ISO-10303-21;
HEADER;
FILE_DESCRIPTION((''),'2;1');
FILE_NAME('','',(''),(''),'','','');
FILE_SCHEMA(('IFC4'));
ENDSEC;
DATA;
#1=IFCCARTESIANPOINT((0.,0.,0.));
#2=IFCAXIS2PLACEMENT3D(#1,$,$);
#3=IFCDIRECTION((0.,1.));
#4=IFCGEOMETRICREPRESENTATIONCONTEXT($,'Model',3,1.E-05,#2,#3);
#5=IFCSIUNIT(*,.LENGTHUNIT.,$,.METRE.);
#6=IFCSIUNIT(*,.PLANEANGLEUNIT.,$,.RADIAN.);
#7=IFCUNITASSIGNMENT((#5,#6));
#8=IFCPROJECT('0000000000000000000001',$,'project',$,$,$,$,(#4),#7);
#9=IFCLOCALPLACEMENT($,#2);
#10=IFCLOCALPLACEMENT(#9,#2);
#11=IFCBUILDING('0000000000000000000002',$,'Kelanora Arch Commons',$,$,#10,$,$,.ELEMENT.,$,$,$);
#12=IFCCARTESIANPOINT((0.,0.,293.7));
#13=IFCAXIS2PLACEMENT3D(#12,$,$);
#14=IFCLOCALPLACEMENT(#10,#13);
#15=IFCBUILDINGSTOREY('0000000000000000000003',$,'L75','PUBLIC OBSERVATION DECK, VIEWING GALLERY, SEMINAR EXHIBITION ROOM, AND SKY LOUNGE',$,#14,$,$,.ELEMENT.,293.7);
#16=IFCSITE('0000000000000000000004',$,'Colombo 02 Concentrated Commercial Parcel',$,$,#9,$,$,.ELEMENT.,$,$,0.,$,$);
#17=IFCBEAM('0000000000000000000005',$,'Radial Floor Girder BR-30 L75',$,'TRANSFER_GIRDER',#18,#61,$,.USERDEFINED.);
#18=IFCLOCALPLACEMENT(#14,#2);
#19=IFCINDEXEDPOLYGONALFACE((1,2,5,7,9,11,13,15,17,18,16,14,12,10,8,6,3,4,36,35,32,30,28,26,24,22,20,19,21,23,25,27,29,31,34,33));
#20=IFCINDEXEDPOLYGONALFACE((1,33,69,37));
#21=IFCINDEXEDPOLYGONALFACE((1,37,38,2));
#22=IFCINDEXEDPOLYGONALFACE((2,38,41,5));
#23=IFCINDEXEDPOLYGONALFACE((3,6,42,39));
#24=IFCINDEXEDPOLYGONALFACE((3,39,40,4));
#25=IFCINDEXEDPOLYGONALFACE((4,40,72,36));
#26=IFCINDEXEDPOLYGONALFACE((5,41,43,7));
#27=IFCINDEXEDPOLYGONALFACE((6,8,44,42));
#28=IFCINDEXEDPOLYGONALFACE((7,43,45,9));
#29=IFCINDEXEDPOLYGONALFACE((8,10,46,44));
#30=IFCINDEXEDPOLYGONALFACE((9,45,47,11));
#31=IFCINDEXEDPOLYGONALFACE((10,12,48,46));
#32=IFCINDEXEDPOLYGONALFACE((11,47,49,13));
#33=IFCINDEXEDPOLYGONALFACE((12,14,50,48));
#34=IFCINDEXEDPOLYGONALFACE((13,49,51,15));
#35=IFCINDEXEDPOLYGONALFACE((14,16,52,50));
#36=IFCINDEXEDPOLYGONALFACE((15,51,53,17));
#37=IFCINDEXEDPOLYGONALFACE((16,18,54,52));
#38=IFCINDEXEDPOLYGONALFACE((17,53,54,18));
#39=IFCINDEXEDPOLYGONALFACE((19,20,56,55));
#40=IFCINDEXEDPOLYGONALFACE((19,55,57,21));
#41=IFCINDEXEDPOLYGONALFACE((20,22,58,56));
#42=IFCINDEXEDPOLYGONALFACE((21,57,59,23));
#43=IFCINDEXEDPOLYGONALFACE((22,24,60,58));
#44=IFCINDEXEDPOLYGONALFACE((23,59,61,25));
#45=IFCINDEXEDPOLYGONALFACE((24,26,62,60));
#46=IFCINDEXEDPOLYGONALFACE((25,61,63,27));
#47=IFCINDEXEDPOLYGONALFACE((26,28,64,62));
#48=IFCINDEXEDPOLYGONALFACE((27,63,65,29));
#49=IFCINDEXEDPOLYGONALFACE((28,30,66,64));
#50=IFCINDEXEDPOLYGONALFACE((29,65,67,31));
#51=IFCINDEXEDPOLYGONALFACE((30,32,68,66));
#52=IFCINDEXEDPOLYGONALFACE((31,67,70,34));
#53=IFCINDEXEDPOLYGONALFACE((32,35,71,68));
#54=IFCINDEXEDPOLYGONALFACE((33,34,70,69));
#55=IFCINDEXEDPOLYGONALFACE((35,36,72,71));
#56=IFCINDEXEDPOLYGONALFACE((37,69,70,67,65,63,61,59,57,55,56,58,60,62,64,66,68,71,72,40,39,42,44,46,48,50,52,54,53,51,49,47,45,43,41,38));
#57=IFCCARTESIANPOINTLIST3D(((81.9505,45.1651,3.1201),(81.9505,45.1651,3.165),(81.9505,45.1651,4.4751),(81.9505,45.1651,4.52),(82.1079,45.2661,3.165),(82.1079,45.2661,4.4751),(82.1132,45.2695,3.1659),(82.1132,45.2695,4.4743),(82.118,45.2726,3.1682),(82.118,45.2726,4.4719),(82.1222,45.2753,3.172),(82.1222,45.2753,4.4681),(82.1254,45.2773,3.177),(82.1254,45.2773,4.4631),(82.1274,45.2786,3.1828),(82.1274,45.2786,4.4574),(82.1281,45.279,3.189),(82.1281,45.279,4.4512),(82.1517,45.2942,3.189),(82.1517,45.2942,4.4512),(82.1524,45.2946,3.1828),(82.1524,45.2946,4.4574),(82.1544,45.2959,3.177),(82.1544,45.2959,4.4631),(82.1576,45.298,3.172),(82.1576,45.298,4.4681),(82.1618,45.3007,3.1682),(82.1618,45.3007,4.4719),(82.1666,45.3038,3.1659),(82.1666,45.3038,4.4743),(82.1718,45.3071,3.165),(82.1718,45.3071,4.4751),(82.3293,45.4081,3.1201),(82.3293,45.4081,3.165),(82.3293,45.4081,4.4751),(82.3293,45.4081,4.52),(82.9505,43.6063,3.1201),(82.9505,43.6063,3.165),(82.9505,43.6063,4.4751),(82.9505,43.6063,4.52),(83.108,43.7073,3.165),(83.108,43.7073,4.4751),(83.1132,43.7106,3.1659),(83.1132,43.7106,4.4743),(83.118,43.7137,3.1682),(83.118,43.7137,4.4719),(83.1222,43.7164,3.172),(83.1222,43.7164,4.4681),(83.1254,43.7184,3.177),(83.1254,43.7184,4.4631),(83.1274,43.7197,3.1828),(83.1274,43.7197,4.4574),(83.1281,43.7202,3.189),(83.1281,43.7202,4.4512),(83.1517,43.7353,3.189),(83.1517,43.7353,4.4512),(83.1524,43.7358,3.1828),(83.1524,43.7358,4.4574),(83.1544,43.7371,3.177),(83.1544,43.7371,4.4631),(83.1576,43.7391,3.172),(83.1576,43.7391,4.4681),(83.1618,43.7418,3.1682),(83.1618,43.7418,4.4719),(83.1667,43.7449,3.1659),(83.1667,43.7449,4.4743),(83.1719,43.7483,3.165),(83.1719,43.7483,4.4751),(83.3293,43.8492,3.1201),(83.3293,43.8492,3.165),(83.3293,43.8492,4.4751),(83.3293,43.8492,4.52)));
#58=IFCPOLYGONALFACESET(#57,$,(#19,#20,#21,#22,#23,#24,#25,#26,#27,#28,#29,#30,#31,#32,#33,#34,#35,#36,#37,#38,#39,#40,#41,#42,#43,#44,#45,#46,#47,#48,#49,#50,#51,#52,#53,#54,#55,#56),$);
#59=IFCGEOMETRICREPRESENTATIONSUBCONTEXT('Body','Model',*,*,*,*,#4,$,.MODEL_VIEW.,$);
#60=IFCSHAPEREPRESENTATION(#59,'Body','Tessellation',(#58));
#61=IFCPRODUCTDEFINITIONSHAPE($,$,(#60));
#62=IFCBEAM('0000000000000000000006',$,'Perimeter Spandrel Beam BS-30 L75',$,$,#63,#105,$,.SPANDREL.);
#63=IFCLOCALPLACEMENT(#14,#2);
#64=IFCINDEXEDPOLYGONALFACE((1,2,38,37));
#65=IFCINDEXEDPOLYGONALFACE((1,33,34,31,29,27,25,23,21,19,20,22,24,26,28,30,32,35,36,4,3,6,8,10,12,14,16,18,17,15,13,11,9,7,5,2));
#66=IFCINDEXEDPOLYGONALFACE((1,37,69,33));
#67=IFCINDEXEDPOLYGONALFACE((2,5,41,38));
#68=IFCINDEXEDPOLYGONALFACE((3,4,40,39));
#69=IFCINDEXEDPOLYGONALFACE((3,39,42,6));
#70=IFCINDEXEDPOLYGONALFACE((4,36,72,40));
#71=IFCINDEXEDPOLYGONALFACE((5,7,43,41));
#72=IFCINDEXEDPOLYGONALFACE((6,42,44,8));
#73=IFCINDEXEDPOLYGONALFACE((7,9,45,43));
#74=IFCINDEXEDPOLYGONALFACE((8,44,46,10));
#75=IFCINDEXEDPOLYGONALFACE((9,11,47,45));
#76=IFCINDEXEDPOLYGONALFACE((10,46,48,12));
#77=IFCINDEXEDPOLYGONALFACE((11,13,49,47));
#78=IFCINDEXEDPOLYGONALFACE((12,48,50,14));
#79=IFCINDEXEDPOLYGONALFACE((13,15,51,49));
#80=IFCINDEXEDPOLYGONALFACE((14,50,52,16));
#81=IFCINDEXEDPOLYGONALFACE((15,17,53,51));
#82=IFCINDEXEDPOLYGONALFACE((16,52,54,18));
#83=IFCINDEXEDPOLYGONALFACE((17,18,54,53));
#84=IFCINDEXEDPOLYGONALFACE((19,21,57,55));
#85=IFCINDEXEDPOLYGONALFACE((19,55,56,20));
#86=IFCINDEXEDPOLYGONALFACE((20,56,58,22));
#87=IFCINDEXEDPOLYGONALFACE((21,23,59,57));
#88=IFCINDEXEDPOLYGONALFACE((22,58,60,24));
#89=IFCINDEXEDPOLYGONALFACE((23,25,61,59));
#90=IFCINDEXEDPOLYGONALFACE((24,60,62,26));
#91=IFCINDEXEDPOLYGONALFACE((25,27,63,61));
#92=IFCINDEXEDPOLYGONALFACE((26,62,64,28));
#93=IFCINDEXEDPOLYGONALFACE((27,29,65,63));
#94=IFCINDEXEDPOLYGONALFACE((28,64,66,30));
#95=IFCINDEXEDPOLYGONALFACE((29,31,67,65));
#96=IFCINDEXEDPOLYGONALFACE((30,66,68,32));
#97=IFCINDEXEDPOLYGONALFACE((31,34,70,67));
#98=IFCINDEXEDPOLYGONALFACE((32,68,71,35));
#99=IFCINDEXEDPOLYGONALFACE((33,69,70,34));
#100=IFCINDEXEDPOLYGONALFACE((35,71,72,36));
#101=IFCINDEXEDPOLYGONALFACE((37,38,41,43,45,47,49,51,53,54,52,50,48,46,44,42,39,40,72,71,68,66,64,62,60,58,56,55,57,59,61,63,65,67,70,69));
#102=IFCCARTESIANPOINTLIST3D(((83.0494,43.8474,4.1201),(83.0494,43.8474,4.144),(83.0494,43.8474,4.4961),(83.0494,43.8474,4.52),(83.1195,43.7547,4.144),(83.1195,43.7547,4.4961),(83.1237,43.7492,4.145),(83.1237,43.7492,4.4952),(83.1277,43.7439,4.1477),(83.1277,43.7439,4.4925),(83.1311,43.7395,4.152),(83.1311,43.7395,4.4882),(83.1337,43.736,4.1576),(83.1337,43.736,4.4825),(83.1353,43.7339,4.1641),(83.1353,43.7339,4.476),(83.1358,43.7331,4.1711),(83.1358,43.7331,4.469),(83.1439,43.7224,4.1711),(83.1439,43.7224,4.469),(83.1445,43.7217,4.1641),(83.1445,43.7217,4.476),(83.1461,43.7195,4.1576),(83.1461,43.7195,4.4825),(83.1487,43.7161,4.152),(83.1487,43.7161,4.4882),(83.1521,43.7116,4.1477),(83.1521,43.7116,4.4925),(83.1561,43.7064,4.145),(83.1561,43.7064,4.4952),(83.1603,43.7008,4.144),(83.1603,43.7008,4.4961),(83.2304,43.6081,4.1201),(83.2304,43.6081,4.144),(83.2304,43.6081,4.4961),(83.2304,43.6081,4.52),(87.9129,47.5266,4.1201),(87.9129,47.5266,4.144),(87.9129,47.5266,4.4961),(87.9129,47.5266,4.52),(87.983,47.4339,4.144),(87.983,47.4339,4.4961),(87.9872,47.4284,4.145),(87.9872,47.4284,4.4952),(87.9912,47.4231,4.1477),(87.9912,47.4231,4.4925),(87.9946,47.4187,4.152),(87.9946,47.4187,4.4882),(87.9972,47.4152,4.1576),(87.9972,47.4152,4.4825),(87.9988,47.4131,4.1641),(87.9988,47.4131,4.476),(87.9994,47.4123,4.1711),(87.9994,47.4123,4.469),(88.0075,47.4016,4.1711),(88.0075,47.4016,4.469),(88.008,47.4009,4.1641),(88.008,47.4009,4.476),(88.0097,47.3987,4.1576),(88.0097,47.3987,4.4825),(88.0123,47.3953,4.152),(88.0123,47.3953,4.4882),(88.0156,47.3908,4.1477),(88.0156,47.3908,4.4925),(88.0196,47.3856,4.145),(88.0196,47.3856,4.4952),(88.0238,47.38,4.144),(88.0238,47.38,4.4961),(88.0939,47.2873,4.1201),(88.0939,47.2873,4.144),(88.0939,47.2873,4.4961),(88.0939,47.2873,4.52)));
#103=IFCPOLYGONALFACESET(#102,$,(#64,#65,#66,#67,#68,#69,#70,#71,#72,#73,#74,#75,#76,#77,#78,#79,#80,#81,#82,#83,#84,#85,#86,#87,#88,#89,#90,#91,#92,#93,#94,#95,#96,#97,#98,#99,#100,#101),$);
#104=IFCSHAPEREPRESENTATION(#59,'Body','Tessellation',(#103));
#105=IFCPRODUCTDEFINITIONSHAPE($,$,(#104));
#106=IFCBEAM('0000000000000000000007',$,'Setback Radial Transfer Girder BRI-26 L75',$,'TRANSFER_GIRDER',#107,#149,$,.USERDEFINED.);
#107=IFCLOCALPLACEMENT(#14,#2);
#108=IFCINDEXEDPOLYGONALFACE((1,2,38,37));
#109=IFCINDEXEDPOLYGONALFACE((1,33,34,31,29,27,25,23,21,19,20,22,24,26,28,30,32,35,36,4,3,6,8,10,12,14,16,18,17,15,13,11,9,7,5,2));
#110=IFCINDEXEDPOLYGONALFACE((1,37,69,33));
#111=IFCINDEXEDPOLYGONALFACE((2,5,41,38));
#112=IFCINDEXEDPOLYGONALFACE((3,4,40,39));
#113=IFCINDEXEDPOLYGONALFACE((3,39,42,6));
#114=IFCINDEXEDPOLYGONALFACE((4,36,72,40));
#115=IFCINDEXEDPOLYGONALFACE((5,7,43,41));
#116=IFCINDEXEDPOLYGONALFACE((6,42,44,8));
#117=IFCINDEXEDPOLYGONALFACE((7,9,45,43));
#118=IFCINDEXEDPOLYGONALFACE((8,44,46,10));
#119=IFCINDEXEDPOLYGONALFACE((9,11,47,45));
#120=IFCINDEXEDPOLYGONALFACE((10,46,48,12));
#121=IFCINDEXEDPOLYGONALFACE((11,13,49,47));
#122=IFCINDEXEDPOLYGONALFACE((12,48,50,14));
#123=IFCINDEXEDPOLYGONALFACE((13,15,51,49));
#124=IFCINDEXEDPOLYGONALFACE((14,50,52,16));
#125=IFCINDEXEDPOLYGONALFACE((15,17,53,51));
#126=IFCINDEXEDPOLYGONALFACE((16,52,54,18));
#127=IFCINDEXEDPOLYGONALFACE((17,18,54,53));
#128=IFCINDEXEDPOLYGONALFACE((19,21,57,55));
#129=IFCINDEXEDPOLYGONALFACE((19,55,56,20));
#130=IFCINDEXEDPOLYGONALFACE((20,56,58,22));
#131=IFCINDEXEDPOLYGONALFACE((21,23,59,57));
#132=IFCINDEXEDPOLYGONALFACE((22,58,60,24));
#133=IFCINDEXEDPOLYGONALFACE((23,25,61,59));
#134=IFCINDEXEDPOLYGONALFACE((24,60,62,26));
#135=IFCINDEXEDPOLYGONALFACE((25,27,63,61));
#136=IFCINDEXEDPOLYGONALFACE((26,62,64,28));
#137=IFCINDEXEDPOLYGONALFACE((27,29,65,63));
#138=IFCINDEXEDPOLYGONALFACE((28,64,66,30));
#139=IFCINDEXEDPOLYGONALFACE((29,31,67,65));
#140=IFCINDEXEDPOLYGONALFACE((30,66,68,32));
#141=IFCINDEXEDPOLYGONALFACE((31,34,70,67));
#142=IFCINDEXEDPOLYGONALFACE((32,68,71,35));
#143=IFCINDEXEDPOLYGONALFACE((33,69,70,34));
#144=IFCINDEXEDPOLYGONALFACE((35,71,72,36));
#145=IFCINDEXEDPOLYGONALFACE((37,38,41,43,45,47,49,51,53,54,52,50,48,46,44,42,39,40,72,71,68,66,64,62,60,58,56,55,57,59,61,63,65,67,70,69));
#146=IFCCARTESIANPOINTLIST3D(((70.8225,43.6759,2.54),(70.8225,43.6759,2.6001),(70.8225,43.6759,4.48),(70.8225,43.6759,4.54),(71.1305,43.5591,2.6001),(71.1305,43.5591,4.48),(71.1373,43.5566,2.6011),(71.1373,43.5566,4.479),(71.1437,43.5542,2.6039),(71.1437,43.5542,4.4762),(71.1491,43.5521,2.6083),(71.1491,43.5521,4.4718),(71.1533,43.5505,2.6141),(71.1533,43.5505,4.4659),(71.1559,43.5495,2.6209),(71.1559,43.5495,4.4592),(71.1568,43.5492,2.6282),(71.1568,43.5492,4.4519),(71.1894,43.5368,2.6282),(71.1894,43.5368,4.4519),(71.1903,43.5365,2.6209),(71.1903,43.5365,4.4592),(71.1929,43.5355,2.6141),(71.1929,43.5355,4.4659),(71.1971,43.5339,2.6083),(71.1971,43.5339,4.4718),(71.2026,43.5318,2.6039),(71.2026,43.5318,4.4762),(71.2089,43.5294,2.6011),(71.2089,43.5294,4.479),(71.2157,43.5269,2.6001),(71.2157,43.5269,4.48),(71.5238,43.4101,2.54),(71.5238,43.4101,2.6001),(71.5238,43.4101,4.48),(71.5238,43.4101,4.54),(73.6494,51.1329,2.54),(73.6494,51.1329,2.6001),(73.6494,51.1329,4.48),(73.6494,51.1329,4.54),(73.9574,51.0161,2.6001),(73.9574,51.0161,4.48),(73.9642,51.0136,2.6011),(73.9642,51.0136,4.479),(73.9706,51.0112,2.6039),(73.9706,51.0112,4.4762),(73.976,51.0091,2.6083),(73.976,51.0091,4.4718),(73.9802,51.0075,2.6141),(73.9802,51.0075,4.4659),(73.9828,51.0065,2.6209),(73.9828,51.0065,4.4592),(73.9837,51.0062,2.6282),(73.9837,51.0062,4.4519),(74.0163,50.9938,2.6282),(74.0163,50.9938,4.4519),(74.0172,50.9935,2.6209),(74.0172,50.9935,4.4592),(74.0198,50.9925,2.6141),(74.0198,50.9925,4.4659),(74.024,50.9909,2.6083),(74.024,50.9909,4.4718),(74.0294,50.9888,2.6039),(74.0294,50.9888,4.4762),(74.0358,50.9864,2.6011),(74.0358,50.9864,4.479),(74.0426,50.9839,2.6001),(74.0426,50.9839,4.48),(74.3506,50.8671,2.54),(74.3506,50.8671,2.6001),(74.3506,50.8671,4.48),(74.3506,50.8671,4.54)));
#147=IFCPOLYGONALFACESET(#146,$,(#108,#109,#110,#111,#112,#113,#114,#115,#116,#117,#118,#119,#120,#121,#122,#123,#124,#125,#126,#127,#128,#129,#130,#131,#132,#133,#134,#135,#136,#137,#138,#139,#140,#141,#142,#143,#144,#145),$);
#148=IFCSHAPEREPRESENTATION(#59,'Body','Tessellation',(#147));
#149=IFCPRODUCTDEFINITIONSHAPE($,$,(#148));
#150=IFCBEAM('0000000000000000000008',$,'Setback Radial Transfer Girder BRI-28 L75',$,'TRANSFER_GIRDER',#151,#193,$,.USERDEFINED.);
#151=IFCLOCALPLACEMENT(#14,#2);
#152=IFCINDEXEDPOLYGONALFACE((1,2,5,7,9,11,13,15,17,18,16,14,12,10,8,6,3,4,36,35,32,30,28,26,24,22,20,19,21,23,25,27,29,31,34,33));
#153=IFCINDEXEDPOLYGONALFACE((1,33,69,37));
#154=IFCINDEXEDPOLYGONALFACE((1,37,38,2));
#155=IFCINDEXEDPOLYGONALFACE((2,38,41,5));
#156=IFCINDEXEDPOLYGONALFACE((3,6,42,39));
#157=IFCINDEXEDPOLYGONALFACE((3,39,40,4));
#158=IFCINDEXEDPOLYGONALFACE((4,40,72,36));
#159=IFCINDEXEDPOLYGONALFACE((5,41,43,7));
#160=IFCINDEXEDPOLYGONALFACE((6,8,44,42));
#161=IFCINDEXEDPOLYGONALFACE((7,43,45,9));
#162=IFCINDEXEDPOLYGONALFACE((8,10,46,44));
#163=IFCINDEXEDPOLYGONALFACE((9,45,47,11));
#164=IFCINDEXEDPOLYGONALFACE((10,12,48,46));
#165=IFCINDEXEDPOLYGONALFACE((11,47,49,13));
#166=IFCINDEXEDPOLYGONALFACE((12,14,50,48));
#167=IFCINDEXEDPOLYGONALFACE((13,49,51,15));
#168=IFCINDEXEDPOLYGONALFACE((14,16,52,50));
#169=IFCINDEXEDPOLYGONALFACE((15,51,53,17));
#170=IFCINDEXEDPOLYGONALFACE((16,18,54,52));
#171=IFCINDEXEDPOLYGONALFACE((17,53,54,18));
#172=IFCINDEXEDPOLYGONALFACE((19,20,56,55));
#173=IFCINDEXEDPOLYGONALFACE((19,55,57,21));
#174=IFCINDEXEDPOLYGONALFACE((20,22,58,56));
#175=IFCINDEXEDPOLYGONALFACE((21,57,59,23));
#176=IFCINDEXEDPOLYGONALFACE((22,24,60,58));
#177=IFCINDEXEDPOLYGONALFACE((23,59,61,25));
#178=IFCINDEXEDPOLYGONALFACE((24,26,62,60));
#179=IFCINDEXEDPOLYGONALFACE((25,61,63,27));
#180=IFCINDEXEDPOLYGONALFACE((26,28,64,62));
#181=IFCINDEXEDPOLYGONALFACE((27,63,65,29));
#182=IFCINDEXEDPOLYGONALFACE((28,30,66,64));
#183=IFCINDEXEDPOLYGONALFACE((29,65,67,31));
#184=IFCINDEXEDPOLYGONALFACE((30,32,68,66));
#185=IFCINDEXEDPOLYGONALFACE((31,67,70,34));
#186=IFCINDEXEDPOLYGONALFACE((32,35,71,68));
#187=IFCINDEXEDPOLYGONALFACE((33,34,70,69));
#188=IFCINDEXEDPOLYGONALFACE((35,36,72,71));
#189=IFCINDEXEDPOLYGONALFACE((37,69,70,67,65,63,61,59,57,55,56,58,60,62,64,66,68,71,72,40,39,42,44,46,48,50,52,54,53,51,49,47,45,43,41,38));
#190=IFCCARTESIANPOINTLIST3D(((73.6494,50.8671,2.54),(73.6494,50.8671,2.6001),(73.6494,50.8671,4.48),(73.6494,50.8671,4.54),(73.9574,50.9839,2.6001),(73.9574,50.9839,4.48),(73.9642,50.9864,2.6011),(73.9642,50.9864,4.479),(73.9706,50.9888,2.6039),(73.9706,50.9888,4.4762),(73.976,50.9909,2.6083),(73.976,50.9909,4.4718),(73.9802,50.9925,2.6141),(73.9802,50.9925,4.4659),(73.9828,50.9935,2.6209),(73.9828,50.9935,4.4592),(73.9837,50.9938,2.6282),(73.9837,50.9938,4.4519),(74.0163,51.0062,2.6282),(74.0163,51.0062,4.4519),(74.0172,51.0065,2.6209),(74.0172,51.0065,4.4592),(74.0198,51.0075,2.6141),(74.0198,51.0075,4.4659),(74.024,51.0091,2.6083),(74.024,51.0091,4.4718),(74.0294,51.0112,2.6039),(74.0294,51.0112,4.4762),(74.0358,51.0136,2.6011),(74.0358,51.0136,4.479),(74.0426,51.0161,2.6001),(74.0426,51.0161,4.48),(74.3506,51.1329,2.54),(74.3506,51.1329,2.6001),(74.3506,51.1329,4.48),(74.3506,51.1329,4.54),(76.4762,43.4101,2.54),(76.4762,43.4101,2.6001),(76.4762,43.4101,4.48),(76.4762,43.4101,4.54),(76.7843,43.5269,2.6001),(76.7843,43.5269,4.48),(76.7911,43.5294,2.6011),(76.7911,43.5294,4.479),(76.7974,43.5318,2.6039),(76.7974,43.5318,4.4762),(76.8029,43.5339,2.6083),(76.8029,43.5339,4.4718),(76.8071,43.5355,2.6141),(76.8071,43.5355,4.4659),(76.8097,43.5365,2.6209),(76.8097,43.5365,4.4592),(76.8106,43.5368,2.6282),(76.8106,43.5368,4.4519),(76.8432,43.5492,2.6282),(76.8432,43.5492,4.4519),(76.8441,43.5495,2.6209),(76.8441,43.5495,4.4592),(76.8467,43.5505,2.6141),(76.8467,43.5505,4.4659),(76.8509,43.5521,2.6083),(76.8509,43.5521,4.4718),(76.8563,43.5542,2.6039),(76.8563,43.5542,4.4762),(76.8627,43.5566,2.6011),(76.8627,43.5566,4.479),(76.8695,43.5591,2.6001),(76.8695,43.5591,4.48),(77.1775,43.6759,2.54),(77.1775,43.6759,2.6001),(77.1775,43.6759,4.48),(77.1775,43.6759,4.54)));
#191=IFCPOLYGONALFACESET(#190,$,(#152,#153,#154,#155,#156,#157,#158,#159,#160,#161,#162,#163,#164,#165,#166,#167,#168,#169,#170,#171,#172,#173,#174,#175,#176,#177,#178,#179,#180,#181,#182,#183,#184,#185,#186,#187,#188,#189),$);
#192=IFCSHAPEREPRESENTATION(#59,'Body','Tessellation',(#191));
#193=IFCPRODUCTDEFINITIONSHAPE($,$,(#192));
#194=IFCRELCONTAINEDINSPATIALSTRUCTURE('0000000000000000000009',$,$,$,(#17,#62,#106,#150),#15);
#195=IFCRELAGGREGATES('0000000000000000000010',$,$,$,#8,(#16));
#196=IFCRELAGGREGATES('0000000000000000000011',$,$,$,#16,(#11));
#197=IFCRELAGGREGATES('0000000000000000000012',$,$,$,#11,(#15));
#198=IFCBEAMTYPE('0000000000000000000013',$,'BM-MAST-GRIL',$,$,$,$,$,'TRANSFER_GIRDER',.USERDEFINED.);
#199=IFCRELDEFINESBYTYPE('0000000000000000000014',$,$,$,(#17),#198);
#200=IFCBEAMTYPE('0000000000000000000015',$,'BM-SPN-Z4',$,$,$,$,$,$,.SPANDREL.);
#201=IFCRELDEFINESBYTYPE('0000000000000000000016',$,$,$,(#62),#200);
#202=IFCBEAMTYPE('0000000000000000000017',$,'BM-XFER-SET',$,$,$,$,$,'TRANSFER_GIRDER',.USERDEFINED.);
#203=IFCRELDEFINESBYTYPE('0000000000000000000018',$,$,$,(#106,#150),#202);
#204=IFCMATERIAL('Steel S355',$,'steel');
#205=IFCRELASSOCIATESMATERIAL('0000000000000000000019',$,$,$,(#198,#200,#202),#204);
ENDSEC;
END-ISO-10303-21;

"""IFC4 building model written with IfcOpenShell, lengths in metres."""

from ifc_helpers import new_model, si_unit, direction, frame, origin, origin_2d, place, context, subcontext, project, spatial, i_section, extrude, material, material_profile, profile_set, type_object, element, save


model = new_model("IFC4")

# Units and contexts
model_context = context("Model", 3, precision=1e-05, world=origin(), true_north=direction((0.0, 1.0)))
body_context = subcontext(model_context, "Body", "Model", "MODEL_VIEW")
ifc_project = project(units=[si_unit("LENGTHUNIT", "METRE"), si_unit("PLANEANGLEUNIT", "RADIAN")], contexts=[model_context])

# Site, building, storey
site_placement = place(None, origin())
site = spatial("IfcSite", under=ifc_project, at=site_placement, Name="Colombo 02 Concentrated Commercial Parcel", CompositionType="ELEMENT", RefElevation=0.0)
building_placement = place(site_placement, origin())
building = spatial("IfcBuilding", under=site, at=building_placement, Name="Kelanora Arch Commons", CompositionType="ELEMENT")
storey_placement = place(building_placement, frame((0.0, 0.0, 293.7)))
storey = spatial("IfcBuildingStorey", under=building, at=storey_placement, Name="L75", Description="PUBLIC OBSERVATION DECK, VIEWING GALLERY, SEMINAR EXHIBITION ROOM, AND SKY LOUNGE", CompositionType="ELEMENT", Elevation=293.7)

# Beams
ifc_material_1 = material(Name="Steel S355", Category="steel")
ifc_material_profile_1 = material_profile(ifc_material_1, i_section(OverallWidth=0.45, OverallDepth=1.3999, WebThickness=0.0281, FlangeThickness=0.0449, FilletRadius=0.0239, at=origin_2d()), Name="PG1400x450")
ifc_profile_set_1 = profile_set([ifc_material_profile_1], Name="Steel S355")
beam_type_1 = type_object("IfcBeamType", Name="BM-MAST-GRIL", ElementType="TRANSFER_GIRDER", PredefinedType="USERDEFINED", material=ifc_profile_set_1)
beam_1_placement = place(storey_placement, frame((82.1399, 45.2866, 3.8201), z_axis=(0.539951, -0.841696, 0.0), x_axis=(0.841696, 0.539951, 0.0)))
element("IfcBeam", 1, at=beam_1_placement, inside=storey, type_object=beam_type_1, Name="Radial Floor Girder BR-30 L75", ObjectType="TRANSFER_GIRDER", PredefinedType="USERDEFINED", context=body_context, shape_type="SweptSolid", body=[
    extrude(i_section(OverallWidth=0.45, OverallDepth=1.3999, WebThickness=0.0281, FlangeThickness=0.0449, FilletRadius=0.0239, at=origin_2d()), origin(), (0.0, 0.0, 1.0), 1.8521),
])
ifc_material_profile_2 = material_profile(ifc_material_1, i_section(OverallWidth=0.3, OverallDepth=0.3999, WebThickness=0.0134, FlangeThickness=0.0239, FilletRadius=0.0271, at=origin_2d()), Name="HEB400")
ifc_profile_set_2 = profile_set([ifc_material_profile_2], Name="Steel S355")
beam_type_2 = type_object("IfcBeamType", Name="BM-SPN-Z4", PredefinedType="SPANDREL", material=ifc_profile_set_2)
beam_2_placement = place(storey_placement, frame((83.1399, 43.7278, 4.3201), z_axis=(0.797509, 0.603306, 0.0), x_axis=(-0.603306, 0.797509, 0.0)))
element("IfcBeam", 2, at=beam_2_placement, inside=storey, type_object=beam_type_2, Name="Perimeter Spandrel Beam BS-30 L75", PredefinedType="SPANDREL", context=body_context, shape_type="SweptSolid", body=[
    extrude(i_section(OverallWidth=0.3, OverallDepth=0.3999, WebThickness=0.0134, FlangeThickness=0.0239, FilletRadius=0.0271, at=origin_2d()), origin(), (0.0, 0.0, 1.0), 6.0984),
])
ifc_material_profile_3 = material_profile(ifc_material_1, i_section(OverallWidth=0.75, OverallDepth=2.0, WebThickness=0.0349, FlangeThickness=0.0601, FilletRadius=0.0281, at=origin_2d()), Name="PG2000x750")
ifc_profile_set_3 = profile_set([ifc_material_profile_3], Name="Steel S355")
beam_type_3 = type_object("IfcBeamType", Name="BM-XFER-SET", ElementType="TRANSFER_GIRDER", PredefinedType="USERDEFINED", material=ifc_profile_set_3)
for number, where, z_axis, x_axis, name in (
    (3, (74.0, 51.0, 3.54), (-0.354476, -0.935065, 0.0), (0.935065, -0.354476, 0.0), "Setback Radial Transfer Girder BRI-26 L75"),
    (4, (74.0, 51.0, 3.54), (0.354476, -0.935065, 0.0), (0.935065, 0.354476, 0.0), "Setback Radial Transfer Girder BRI-28 L75"),
):
    element("IfcBeam", number, at=place(storey_placement, frame(where, z_axis=z_axis, x_axis=x_axis)), inside=storey, type_object=beam_type_3, Name=name, ObjectType="TRANSFER_GIRDER", PredefinedType="USERDEFINED", context=body_context, shape_type="SweptSolid", body=[
        extrude(i_section(OverallWidth=0.75, OverallDepth=2.0, WebThickness=0.0349, FlangeThickness=0.0601, FilletRadius=0.0281, at=origin_2d()), origin(), (0.0, 0.0, 1.0), 7.9749),
    ])

save(model, "model.ifc")
